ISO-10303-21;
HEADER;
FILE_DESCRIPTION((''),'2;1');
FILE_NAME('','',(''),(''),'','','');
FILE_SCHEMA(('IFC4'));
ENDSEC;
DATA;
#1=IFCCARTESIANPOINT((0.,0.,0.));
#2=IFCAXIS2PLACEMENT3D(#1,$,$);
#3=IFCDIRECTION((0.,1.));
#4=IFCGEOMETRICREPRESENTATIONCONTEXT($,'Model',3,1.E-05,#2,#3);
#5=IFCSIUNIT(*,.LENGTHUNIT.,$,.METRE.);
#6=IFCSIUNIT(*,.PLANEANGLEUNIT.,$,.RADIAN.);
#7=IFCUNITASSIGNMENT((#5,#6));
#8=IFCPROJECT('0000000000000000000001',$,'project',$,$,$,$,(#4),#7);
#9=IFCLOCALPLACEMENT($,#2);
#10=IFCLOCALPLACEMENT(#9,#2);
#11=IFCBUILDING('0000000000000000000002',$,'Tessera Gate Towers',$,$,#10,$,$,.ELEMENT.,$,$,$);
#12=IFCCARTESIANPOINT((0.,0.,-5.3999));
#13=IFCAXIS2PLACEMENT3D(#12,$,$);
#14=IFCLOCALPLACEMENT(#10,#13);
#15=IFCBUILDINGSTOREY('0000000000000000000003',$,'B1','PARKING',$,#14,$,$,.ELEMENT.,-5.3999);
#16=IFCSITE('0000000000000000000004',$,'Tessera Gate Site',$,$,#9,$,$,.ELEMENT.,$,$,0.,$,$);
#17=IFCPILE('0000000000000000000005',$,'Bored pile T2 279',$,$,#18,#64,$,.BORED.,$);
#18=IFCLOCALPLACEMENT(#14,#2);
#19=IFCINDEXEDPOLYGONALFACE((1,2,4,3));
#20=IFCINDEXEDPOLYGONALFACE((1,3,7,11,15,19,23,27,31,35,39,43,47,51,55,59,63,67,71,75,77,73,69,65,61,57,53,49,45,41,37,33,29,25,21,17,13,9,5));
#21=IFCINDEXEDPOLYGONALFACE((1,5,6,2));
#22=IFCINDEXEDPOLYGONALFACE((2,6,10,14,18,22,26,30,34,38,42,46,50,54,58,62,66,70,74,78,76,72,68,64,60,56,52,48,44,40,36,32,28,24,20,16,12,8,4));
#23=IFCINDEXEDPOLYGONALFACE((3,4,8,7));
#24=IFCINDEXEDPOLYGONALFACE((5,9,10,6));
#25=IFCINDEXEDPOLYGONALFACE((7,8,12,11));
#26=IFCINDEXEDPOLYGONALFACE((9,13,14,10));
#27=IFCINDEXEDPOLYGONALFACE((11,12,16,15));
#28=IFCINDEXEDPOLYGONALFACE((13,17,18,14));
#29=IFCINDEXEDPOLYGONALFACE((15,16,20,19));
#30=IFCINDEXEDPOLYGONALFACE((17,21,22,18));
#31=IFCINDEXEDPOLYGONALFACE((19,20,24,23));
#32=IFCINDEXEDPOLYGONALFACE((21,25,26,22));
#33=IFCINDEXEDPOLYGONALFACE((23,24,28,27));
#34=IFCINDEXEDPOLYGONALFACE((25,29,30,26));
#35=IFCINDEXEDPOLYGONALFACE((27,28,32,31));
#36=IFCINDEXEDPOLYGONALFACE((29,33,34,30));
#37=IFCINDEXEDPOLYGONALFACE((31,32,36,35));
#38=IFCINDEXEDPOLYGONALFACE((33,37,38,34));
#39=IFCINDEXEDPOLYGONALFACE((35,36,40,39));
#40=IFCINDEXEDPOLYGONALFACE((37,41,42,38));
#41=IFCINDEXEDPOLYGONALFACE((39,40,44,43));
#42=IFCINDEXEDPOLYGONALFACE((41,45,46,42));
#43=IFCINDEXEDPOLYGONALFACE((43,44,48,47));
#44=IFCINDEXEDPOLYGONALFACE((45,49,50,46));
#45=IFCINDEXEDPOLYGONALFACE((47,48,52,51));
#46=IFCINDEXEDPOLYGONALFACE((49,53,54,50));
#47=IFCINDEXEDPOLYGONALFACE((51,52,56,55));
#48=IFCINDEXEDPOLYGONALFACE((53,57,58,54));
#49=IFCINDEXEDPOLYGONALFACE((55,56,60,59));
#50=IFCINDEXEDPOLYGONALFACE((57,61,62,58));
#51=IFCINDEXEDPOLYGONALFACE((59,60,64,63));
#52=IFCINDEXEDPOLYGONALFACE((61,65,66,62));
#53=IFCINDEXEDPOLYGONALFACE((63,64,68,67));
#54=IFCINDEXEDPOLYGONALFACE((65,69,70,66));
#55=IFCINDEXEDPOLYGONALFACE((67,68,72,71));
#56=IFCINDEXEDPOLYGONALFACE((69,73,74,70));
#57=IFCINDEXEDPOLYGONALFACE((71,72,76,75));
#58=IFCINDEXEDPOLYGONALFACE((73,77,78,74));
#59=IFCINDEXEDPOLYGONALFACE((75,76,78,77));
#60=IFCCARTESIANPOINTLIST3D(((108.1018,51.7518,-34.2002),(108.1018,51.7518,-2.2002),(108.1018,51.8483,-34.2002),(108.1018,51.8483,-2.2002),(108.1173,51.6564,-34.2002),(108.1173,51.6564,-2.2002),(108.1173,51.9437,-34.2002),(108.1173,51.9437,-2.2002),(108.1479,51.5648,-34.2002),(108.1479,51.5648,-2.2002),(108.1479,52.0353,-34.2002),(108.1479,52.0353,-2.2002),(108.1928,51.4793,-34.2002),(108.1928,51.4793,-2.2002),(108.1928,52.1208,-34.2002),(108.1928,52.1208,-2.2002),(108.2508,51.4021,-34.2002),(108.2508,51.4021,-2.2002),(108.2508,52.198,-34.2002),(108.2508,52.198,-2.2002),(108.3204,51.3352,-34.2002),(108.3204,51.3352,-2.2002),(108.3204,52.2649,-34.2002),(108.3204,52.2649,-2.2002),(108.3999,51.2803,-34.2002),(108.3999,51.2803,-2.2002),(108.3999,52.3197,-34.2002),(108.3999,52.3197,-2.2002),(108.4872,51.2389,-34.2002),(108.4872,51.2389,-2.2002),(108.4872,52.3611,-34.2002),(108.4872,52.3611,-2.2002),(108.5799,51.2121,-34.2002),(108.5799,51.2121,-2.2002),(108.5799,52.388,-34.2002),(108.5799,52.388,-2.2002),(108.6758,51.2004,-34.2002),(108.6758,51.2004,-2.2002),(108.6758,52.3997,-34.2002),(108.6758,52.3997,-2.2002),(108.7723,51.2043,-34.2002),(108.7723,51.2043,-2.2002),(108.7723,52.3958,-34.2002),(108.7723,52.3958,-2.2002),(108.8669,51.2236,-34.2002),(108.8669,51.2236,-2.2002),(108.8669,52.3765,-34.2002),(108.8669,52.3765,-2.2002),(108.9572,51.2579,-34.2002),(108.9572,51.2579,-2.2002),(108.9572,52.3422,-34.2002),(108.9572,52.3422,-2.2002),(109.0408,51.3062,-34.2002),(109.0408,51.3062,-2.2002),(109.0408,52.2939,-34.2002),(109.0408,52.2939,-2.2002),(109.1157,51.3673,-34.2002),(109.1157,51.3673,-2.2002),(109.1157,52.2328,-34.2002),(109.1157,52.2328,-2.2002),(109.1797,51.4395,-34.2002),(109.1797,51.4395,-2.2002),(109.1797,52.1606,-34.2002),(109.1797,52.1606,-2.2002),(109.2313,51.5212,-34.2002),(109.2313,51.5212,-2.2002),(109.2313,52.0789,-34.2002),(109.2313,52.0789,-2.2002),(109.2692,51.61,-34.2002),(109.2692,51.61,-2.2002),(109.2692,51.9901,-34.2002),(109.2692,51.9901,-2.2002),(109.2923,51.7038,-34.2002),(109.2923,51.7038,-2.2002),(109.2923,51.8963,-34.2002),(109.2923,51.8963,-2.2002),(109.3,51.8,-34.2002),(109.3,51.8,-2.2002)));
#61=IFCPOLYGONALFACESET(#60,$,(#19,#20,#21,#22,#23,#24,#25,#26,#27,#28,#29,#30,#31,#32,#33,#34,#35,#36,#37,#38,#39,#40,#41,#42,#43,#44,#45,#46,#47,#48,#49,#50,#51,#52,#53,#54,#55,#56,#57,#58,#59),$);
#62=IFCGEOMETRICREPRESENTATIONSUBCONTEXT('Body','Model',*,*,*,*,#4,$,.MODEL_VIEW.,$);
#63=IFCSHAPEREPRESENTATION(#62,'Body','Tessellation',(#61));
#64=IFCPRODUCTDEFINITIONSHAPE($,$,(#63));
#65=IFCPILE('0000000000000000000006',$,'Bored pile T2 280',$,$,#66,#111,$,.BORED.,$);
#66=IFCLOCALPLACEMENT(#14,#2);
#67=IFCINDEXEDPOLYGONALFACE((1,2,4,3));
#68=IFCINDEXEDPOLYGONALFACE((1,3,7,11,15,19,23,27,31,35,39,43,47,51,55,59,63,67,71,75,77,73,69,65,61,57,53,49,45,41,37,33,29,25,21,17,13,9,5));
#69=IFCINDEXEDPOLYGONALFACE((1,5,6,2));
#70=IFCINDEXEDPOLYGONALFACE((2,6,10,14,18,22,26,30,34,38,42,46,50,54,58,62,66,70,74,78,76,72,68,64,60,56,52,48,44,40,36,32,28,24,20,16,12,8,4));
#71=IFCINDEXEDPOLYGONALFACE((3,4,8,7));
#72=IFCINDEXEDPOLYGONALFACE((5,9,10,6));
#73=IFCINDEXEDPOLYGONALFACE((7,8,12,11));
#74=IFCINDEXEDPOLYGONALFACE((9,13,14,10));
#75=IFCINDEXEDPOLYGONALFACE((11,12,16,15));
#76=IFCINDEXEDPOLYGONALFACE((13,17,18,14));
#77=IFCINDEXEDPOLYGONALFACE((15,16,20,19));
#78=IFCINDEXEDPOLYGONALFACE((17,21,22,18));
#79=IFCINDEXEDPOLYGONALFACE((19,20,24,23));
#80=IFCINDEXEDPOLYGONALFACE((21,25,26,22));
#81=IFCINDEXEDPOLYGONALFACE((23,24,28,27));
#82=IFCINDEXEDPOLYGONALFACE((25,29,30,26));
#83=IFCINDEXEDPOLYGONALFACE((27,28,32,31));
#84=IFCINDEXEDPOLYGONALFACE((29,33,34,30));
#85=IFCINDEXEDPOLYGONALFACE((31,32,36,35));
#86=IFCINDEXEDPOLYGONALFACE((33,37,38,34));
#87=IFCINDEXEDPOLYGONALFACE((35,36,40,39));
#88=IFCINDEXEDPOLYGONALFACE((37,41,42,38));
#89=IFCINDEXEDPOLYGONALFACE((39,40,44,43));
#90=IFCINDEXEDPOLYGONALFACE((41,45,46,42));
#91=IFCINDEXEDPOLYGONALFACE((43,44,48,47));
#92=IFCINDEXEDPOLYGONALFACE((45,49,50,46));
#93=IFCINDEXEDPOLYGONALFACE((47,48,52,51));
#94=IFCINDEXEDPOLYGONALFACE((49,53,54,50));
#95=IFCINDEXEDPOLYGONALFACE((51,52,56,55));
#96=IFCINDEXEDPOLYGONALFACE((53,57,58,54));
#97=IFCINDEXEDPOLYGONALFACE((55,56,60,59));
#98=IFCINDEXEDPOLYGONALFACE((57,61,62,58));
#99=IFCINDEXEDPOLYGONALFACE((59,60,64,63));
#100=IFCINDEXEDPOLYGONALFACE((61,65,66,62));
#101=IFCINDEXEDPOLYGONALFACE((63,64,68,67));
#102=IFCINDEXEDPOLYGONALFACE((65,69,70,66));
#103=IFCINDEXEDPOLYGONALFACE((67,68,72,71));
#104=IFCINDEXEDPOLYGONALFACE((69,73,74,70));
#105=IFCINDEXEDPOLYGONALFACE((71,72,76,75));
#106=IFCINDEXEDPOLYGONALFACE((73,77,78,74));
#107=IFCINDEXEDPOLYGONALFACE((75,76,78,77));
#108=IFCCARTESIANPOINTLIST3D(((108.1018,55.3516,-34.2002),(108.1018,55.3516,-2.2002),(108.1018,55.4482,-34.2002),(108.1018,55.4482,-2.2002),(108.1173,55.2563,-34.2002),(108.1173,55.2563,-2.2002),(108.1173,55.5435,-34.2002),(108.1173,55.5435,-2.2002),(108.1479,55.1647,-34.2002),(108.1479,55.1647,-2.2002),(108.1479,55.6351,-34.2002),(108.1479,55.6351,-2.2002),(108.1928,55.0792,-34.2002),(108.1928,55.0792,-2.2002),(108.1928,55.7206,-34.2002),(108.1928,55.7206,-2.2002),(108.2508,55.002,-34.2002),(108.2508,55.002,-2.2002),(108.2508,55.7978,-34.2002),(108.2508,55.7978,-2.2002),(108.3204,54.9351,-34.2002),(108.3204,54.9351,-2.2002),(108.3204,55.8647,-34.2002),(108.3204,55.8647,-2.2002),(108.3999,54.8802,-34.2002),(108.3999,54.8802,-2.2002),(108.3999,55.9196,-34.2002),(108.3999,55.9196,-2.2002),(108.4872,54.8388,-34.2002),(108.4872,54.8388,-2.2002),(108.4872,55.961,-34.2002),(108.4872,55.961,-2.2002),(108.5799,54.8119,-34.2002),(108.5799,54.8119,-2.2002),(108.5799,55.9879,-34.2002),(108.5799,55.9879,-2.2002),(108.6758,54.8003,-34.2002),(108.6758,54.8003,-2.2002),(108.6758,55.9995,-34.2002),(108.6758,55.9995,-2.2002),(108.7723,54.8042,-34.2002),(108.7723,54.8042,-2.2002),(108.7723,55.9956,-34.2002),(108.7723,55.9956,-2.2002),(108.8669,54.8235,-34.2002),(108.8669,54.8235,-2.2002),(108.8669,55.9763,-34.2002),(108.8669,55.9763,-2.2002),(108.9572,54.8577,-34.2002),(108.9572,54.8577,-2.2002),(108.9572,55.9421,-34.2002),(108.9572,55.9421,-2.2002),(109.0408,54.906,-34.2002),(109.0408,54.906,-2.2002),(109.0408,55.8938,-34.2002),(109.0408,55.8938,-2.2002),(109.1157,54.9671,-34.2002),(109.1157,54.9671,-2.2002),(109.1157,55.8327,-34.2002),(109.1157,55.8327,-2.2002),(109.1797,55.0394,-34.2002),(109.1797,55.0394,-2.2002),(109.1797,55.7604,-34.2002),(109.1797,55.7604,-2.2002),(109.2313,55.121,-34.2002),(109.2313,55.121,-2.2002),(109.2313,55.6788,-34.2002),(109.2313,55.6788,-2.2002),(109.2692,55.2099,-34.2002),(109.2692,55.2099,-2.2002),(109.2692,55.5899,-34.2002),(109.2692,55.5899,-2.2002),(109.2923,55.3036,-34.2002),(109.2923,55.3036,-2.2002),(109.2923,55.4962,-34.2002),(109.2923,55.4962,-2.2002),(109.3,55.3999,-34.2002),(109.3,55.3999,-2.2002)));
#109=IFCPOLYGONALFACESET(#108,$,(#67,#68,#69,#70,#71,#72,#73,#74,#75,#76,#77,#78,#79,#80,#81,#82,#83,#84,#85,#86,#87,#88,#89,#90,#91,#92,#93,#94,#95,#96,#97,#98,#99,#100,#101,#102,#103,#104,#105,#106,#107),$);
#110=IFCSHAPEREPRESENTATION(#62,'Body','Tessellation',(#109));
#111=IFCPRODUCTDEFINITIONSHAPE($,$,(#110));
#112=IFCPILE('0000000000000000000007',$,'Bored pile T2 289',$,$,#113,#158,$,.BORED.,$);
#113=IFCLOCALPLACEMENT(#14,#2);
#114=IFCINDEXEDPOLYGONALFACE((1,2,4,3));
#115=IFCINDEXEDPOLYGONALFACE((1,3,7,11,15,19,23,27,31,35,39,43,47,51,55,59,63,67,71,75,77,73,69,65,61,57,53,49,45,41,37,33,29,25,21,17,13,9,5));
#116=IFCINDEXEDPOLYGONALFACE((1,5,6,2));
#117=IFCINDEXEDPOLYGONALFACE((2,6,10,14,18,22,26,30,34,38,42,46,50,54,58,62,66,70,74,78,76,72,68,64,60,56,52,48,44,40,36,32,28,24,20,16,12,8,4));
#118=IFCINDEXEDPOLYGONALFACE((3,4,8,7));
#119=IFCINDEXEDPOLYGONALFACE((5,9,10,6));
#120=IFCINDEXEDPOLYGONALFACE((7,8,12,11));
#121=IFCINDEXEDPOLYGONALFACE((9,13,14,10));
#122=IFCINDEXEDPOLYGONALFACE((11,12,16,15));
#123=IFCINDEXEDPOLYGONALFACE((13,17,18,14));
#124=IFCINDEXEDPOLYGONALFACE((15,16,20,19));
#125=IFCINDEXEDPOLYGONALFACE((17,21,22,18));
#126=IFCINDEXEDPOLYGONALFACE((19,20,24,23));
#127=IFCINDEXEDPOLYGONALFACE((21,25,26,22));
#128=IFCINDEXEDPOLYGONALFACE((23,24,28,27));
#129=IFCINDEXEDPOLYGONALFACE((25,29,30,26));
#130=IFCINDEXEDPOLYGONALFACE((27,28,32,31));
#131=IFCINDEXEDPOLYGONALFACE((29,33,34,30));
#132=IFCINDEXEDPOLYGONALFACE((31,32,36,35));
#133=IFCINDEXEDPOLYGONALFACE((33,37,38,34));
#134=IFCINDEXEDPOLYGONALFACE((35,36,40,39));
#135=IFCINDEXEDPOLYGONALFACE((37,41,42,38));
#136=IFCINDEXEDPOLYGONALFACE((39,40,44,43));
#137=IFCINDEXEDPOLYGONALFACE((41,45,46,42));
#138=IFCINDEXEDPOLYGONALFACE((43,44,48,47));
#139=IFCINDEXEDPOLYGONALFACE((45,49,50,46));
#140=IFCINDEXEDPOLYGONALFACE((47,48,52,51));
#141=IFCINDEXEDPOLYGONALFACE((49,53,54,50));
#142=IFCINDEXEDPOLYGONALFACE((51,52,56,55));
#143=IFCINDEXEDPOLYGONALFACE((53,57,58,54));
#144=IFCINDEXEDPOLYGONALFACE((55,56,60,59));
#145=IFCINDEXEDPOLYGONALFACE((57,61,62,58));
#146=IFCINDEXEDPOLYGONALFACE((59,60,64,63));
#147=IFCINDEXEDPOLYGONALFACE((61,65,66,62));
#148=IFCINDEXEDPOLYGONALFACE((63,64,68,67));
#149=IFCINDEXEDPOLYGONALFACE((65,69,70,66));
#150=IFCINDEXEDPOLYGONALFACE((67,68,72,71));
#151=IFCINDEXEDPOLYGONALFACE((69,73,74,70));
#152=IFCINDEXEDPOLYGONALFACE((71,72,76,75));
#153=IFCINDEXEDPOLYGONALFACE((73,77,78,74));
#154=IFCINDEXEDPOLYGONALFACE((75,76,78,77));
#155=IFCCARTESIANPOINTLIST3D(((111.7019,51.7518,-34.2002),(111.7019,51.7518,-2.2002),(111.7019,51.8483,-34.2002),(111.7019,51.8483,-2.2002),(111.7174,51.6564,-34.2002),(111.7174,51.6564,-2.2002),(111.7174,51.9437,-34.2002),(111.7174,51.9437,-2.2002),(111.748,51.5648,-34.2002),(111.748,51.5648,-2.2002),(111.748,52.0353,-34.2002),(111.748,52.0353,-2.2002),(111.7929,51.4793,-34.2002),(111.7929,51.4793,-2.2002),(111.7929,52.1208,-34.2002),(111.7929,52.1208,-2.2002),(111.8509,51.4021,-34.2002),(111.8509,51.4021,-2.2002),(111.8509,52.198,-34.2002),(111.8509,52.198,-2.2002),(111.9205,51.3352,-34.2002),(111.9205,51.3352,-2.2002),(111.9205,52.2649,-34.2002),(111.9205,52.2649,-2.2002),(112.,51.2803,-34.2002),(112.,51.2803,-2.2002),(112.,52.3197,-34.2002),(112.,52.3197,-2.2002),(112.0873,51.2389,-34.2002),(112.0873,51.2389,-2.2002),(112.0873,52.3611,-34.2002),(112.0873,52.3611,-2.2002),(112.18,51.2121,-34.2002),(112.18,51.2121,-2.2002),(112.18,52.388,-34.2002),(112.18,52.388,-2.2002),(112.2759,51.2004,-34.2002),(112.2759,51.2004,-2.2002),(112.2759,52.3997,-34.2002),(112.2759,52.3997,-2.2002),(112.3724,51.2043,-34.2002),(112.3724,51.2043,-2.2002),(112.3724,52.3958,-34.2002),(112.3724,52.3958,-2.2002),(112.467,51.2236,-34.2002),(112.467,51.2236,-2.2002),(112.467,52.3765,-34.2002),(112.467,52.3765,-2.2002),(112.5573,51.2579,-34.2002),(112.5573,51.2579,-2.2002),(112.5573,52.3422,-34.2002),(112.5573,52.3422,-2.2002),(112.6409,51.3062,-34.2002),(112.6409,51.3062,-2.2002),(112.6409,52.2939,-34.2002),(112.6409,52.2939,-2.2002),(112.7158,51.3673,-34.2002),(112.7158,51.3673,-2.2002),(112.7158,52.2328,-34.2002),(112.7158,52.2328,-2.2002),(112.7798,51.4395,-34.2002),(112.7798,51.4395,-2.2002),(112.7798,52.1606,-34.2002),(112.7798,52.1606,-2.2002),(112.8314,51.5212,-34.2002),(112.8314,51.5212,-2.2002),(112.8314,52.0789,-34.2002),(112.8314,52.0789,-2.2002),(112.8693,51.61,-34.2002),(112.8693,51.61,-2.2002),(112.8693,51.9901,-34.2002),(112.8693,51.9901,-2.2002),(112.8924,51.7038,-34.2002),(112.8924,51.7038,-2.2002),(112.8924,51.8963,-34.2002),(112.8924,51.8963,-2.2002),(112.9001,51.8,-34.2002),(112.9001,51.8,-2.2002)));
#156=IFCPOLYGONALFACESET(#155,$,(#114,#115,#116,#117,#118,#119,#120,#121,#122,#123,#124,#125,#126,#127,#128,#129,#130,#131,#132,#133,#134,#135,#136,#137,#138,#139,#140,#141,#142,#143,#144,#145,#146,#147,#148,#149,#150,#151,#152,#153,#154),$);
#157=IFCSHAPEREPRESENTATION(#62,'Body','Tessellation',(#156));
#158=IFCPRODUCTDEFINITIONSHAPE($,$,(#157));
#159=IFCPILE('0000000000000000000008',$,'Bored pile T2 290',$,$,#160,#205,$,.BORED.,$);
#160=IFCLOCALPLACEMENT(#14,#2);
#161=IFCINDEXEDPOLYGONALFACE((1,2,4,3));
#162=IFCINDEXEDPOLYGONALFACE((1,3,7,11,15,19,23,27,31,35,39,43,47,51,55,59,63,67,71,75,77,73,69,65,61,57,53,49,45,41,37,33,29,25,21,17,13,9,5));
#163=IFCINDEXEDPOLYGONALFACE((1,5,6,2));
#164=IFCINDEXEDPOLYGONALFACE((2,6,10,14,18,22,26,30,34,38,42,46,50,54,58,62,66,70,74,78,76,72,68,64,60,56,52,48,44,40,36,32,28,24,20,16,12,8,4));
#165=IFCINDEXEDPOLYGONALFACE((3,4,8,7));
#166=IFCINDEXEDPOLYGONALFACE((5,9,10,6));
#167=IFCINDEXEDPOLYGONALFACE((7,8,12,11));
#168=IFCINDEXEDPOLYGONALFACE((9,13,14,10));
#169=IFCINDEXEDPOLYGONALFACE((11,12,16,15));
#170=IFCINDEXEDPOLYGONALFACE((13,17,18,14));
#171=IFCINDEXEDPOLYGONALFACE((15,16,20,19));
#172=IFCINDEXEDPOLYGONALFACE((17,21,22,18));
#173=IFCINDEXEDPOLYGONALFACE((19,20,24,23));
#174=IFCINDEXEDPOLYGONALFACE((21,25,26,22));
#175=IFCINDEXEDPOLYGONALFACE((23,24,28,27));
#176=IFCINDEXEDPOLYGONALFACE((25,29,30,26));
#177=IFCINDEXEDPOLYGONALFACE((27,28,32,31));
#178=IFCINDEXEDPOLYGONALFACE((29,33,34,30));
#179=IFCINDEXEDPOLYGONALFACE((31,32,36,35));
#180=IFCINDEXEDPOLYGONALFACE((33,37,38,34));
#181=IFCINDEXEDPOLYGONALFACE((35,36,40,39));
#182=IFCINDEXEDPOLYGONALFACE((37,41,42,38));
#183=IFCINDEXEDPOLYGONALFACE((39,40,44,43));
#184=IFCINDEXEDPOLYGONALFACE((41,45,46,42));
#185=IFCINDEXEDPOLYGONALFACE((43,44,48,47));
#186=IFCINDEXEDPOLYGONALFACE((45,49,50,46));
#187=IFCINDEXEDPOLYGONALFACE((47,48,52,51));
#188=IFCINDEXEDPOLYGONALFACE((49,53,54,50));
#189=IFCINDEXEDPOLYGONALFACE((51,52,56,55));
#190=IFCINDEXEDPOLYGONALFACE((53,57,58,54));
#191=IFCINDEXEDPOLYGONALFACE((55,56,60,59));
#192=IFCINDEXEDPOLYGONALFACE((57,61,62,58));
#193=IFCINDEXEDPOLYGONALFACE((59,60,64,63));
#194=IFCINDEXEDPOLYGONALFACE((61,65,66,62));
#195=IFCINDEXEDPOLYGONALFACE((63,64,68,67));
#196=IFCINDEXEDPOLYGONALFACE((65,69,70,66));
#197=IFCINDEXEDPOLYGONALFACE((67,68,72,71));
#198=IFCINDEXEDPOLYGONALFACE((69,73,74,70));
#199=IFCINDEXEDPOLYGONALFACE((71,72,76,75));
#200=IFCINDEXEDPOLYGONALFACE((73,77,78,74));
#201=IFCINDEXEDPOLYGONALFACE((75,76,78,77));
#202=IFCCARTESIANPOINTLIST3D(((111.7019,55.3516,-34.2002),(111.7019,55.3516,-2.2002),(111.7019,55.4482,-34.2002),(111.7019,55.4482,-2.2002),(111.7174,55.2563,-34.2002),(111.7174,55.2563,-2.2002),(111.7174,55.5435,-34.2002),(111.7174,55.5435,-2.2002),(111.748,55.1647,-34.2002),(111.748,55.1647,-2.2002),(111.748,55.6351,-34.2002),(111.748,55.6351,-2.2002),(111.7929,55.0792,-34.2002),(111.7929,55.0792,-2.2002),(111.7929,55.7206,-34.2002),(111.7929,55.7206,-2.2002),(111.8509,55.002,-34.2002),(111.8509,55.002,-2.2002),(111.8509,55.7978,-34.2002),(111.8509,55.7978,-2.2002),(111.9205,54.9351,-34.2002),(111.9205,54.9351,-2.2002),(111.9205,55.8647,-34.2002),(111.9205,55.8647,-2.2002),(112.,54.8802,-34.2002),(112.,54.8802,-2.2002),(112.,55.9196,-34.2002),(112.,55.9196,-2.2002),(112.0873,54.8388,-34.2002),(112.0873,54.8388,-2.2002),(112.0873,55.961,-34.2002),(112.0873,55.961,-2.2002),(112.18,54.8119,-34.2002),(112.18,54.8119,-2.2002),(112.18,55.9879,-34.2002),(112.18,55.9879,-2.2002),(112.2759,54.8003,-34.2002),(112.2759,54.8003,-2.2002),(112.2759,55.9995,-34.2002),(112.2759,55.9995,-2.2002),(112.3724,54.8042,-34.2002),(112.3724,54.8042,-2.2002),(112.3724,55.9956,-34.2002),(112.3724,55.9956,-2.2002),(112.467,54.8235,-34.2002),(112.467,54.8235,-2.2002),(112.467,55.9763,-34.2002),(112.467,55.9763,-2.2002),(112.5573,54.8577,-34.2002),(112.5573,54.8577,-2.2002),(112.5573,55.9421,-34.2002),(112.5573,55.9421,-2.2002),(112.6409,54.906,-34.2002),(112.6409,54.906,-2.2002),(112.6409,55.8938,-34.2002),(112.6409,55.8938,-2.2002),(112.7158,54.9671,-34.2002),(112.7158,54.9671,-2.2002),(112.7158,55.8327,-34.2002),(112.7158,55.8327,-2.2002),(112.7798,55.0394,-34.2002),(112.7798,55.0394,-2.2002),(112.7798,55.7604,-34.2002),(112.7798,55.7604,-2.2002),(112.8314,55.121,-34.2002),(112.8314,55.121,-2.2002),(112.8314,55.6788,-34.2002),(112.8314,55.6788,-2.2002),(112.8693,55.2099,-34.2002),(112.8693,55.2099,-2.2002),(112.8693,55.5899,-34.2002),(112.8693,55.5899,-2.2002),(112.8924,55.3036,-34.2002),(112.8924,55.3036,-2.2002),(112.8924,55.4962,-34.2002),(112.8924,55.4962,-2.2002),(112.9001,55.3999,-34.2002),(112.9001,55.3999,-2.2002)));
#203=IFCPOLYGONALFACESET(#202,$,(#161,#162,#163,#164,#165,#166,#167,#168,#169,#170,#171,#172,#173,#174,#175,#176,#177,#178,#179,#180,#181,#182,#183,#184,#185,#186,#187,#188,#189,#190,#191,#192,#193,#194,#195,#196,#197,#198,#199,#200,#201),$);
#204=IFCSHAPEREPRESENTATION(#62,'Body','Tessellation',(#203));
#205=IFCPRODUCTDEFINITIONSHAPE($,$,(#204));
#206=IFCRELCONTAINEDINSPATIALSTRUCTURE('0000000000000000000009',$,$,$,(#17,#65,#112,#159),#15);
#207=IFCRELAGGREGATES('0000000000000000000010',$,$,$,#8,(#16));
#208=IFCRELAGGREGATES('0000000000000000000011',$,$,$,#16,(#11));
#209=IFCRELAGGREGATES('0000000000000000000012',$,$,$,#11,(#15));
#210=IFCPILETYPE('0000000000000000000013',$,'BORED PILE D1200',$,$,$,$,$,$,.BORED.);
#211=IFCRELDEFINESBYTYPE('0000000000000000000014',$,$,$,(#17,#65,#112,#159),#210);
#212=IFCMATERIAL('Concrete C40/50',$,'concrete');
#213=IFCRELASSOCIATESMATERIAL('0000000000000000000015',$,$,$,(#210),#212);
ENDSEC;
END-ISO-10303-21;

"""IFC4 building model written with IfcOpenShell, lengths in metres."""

from ifc_helpers import new_model, si_unit, direction, frame, origin, origin_2d, place, context, subcontext, project, spatial, circle, extrude, material, material_profile, profile_set, type_object, element, save


model = new_model("IFC4")

# Units and contexts
model_context = context("Model", 3, precision=1e-05, world=origin(), true_north=direction((0.0, 1.0)))
body_context = subcontext(model_context, "Body", "Model", "MODEL_VIEW")
ifc_project = project(units=[si_unit("LENGTHUNIT", "METRE"), si_unit("PLANEANGLEUNIT", "RADIAN")], contexts=[model_context])

# Site, building, storey
site_placement = place(None, origin())
site = spatial("IfcSite", under=ifc_project, at=site_placement, Name="Tessera Gate Site", CompositionType="ELEMENT", RefElevation=0.0)
building_placement = place(site_placement, origin())
building = spatial("IfcBuilding", under=site, at=building_placement, Name="Tessera Gate Towers", CompositionType="ELEMENT")
storey_placement = place(building_placement, frame((0.0, 0.0, -5.3999)))
storey = spatial("IfcBuildingStorey", under=building, at=storey_placement, Name="B1", Description="PARKING", CompositionType="ELEMENT", Elevation=-5.3999)

# Piles
ifc_material_1 = material(Name="Concrete C40/50", Category="concrete")
ifc_material_profile_1 = material_profile(ifc_material_1, circle(Radius=0.6001, at=origin_2d()), Name="BORED PILE D1200")
ifc_profile_set_1 = profile_set([ifc_material_profile_1], Name="Concrete C40/50")
pile_type = type_object("IfcPileType", Name="BORED PILE D1200", PredefinedType="BORED", material=ifc_profile_set_1)
for number, where, z_axis, x_axis, name in (
    (1, (108.7, 51.8, -2.2002), (0.0, 0.0, -1.0), (1.0, 0.0, 0.0), "Bored pile T2 279"),
    (2, (108.7, 55.3999, -2.2002), (0.0, 0.0, -1.0), (1.0, 0.0, 0.0), "Bored pile T2 280"),
    (3, (112.3, 51.8, -2.2002), (0.0, 0.0, -1.0), (1.0, 0.0, 0.0), "Bored pile T2 289"),
    (4, (112.3, 55.3999, -2.2002), (0.0, 0.0, -1.0), (1.0, 0.0, 0.0), "Bored pile T2 290"),
):
    element("IfcPile", number, at=place(storey_placement, frame(where, z_axis=z_axis, x_axis=x_axis)), inside=storey, type_object=pile_type, Name=name, PredefinedType="BORED", context=body_context, shape_type="SweptSolid", body=[
        extrude(circle(Radius=0.6001, at=origin_2d()), origin(), (0.0, 0.0, 1.0), 32.0),
    ])

save(model, "model.ifc")
